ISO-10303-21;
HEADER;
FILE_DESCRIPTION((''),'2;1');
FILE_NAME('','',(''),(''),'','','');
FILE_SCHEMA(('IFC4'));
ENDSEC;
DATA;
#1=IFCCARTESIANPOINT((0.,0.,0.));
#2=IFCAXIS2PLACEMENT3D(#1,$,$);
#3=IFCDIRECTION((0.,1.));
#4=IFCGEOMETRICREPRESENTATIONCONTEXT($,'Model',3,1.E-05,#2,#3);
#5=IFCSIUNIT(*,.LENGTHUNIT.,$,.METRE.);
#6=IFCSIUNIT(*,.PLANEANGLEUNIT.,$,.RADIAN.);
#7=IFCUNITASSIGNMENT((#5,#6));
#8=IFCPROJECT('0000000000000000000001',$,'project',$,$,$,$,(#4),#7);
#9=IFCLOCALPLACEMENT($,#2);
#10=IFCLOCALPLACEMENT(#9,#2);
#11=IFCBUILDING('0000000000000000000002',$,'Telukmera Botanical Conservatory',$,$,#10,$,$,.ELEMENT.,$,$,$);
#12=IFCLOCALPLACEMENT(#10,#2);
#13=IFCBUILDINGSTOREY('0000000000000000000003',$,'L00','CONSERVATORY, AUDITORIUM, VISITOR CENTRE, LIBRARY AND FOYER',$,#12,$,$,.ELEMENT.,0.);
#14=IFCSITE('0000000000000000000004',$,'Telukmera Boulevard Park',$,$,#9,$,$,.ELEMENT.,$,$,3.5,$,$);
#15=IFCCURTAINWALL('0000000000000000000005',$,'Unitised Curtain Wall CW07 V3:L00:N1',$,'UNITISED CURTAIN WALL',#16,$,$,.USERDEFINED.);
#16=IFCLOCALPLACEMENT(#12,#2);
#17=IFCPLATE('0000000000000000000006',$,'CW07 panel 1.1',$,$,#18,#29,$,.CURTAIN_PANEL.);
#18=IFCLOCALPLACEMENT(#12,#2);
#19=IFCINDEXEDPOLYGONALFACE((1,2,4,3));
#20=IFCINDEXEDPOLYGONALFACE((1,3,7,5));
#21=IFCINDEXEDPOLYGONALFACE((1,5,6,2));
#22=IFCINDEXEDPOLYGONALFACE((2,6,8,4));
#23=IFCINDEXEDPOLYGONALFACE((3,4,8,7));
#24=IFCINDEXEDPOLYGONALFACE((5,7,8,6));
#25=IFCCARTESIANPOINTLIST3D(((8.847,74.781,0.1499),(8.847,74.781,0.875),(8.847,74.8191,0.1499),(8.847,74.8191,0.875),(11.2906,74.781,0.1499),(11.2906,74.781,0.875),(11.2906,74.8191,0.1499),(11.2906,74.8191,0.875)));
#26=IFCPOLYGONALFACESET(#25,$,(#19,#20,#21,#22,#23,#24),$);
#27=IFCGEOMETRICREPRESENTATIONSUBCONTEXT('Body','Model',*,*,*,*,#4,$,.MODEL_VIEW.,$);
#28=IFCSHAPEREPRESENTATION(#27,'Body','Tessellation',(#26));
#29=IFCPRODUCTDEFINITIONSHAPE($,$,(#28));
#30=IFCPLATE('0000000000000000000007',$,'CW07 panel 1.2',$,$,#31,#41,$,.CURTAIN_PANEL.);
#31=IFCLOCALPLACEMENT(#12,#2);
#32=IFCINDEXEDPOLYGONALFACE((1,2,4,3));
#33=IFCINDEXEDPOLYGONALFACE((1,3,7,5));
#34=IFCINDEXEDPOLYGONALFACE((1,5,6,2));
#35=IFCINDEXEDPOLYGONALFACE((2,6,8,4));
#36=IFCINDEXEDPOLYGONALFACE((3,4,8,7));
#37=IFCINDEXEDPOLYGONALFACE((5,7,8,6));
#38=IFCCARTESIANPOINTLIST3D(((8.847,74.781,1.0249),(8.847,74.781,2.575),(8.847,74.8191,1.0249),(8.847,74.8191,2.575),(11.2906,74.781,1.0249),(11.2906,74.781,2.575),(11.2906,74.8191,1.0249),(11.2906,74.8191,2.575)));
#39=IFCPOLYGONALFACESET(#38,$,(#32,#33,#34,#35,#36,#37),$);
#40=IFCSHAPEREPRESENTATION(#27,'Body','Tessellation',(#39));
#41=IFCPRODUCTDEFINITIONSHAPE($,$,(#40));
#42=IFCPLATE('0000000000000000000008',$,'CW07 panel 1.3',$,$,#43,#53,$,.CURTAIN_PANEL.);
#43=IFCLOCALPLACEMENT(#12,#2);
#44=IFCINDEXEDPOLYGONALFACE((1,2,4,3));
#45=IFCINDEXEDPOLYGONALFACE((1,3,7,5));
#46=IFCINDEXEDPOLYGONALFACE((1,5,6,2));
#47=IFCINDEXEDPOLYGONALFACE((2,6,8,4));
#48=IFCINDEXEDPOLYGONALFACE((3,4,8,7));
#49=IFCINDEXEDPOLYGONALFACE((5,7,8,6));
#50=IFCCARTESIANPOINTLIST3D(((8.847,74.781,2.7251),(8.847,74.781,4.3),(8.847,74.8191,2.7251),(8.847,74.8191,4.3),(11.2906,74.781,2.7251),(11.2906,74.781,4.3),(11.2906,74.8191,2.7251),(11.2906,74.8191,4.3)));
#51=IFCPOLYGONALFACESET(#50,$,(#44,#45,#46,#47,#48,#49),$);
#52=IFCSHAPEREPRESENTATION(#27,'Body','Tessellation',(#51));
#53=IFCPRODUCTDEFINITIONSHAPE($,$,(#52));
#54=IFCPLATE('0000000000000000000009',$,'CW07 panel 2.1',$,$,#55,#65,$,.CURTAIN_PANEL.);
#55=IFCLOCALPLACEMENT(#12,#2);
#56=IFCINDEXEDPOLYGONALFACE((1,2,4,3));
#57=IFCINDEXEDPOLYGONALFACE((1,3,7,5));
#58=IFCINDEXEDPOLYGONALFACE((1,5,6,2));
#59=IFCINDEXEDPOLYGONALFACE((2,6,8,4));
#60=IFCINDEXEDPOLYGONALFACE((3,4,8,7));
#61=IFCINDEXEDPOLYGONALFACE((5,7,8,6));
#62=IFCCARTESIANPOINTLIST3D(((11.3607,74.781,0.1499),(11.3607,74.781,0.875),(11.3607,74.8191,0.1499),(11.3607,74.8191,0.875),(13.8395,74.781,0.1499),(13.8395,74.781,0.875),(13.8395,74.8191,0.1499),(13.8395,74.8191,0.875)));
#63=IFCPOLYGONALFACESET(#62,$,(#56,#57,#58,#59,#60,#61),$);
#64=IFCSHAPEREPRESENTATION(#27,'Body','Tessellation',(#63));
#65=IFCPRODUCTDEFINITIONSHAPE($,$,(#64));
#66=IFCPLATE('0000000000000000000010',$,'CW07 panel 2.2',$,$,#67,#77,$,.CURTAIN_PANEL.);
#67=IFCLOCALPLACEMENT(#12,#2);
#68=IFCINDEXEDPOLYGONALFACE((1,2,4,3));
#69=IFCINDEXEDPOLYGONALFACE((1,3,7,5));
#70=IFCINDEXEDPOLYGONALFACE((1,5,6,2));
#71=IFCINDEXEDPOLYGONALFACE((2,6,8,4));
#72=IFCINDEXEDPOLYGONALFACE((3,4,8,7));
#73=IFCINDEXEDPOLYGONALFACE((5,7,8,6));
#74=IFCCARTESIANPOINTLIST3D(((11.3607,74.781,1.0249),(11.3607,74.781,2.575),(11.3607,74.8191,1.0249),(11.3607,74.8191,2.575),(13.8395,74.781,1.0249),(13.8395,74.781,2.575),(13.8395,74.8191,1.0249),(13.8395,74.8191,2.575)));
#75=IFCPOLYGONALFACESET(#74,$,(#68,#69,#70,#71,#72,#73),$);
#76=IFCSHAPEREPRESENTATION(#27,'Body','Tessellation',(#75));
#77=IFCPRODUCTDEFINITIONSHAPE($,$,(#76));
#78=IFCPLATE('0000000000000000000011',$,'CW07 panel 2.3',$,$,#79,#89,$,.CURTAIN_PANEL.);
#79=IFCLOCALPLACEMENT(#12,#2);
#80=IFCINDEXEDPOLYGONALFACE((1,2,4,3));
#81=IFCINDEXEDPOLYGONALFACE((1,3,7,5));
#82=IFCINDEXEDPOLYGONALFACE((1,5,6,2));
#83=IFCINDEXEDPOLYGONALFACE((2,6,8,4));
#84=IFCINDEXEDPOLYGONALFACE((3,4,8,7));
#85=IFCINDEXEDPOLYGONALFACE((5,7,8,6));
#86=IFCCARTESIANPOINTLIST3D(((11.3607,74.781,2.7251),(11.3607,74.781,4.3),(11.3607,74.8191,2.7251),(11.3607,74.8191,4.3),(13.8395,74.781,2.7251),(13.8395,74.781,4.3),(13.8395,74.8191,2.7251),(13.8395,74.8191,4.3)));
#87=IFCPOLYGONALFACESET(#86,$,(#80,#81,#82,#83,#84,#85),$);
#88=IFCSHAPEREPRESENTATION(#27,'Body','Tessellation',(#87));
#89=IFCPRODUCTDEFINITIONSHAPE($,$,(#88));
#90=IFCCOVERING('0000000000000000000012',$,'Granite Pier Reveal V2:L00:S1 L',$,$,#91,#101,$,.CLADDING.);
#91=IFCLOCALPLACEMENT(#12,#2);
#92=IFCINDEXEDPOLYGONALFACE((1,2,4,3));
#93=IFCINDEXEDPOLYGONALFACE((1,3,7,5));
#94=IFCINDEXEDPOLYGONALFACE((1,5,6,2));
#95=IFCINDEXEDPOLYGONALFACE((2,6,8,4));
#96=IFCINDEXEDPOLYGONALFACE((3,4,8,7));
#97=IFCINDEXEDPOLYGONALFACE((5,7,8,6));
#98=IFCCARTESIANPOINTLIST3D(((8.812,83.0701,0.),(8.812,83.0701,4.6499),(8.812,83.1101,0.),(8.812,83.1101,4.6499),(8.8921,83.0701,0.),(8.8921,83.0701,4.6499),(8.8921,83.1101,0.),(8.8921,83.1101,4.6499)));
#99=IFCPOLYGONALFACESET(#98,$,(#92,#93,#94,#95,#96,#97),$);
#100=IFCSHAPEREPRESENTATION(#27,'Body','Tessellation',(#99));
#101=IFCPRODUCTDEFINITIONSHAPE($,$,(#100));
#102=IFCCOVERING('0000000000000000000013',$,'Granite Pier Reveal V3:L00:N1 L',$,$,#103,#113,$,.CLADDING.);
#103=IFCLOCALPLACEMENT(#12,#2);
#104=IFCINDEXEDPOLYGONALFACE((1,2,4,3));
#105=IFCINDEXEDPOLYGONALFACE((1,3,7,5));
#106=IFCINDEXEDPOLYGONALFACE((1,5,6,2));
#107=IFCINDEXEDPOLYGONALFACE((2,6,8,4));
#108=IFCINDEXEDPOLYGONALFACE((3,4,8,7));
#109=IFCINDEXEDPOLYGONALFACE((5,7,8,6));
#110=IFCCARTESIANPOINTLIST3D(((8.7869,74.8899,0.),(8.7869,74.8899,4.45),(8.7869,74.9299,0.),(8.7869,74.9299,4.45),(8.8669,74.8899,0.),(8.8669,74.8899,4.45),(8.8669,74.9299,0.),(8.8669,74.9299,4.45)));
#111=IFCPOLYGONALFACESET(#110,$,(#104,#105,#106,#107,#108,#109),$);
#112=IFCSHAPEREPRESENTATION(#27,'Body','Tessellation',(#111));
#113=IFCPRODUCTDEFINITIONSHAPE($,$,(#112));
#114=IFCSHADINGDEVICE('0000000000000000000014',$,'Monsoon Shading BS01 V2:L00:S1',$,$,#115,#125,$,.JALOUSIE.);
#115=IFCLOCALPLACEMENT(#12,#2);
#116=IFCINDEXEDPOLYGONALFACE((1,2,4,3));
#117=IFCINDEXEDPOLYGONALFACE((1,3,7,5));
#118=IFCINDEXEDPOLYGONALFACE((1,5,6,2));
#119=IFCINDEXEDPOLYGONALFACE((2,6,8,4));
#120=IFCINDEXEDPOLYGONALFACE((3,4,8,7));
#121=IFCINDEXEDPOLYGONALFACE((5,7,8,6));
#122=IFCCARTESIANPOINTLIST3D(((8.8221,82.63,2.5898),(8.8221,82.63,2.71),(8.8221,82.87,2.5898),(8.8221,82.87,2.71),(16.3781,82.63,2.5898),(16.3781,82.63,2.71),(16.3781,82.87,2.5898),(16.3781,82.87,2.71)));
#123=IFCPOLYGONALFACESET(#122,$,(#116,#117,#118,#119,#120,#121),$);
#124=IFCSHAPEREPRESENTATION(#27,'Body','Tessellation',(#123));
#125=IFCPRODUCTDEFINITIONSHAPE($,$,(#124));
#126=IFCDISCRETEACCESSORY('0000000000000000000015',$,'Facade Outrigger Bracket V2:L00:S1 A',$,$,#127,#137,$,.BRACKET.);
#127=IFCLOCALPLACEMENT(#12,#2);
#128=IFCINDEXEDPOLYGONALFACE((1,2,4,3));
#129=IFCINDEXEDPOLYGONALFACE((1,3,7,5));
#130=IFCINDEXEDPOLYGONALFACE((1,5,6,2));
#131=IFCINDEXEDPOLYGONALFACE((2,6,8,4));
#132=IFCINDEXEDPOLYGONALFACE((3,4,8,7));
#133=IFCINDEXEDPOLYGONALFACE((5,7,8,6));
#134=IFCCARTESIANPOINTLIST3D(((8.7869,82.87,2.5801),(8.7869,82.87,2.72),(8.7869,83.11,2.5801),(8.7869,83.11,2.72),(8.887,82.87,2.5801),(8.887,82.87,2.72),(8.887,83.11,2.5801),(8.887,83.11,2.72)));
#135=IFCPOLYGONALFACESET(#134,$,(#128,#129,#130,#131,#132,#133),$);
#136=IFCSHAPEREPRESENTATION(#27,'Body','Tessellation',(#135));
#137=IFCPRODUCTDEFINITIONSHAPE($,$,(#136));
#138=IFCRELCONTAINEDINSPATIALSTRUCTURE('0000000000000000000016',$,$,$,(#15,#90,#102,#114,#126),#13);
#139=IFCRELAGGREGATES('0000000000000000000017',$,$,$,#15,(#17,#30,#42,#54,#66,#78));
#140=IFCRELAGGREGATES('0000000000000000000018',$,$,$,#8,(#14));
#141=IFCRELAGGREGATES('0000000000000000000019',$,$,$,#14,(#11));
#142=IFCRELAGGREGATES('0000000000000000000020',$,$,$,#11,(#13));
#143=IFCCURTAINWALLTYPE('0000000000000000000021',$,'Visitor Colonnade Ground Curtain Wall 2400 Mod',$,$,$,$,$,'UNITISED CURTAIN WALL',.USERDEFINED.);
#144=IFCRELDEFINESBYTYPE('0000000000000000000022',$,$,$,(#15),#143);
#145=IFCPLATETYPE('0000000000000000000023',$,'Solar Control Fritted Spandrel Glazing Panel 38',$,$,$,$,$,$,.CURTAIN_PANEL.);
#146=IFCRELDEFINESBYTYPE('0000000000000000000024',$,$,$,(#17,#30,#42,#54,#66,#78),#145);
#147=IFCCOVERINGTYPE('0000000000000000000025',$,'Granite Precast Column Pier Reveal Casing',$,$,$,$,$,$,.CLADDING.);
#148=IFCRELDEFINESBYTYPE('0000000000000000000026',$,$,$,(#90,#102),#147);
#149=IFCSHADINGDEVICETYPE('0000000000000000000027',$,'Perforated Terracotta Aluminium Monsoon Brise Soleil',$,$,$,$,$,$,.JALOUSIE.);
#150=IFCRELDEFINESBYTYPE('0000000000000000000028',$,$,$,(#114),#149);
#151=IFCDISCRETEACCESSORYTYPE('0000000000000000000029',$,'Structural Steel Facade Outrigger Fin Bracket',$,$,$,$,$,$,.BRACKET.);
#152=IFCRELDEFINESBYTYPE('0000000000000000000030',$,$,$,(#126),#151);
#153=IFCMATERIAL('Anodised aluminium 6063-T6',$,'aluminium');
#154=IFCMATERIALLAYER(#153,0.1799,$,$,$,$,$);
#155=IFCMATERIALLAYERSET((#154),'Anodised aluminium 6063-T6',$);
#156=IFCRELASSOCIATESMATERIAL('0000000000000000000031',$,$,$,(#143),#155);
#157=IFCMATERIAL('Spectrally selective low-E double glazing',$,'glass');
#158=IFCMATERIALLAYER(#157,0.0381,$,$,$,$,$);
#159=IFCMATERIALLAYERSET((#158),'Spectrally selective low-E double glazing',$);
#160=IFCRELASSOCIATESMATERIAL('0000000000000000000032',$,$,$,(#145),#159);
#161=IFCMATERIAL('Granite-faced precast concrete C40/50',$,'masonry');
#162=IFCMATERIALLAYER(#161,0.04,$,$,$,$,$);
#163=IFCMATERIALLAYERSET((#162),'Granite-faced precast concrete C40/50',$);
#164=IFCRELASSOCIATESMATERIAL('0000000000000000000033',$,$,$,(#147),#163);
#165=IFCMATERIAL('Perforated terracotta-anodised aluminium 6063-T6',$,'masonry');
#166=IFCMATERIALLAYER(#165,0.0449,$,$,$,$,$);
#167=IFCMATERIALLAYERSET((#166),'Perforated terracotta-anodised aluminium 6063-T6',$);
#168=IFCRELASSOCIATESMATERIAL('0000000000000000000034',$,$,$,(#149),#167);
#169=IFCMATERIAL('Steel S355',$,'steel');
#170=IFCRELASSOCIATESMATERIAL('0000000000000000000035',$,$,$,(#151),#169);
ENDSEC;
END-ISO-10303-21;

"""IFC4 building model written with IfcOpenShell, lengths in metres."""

from ifc_helpers import new_model, si_unit, direction, frame, origin, origin_2d, place, context, subcontext, project, spatial, rectangle, extrude, material, layer, layer_set, type_object, element, aggregate, save


model = new_model("IFC4")

# Units and contexts
model_context = context("Model", 3, precision=1e-05, world=origin(), true_north=direction((0.0, 1.0)))
body_context = subcontext(model_context, "Body", "Model", "MODEL_VIEW")
ifc_project = project(units=[si_unit("LENGTHUNIT", "METRE"), si_unit("PLANEANGLEUNIT", "RADIAN")], contexts=[model_context])

# Site, building, storey
site_placement = place(None, origin())
site = spatial("IfcSite", under=ifc_project, at=site_placement, Name="Telukmera Boulevard Park", CompositionType="ELEMENT", RefElevation=3.5)
building_placement = place(site_placement, origin())
building = spatial("IfcBuilding", under=site, at=building_placement, Name="Telukmera Botanical Conservatory", CompositionType="ELEMENT")
storey_placement = place(building_placement, origin())
storey = spatial("IfcBuildingStorey", under=building, at=storey_placement, Name="L00", Description="CONSERVATORY, AUDITORIUM, VISITOR CENTRE, LIBRARY AND FOYER", CompositionType="ELEMENT", Elevation=0.0)

# Curtain wall
ifc_material_1 = material(Name="Anodised aluminium 6063-T6", Category="aluminium")
ifc_layer_1 = layer(ifc_material_1, 0.1799)
ifc_layer_set_1 = layer_set([ifc_layer_1], Name="Anodised aluminium 6063-T6")
curtain_wall_type_1 = type_object("IfcCurtainWallType", Name="Visitor Colonnade Ground Curtain Wall 2400 Mod", ElementType="UNITISED CURTAIN WALL", PredefinedType="USERDEFINED", material=ifc_layer_set_1)
curtain_wall_1_placement = place(storey_placement, origin())
curtain_wall_1 = element("IfcCurtainWall", 1, at=curtain_wall_1_placement, inside=storey, type_object=curtain_wall_type_1, Name="Unitised Curtain Wall CW07 V3:L00:N1", ObjectType="UNITISED CURTAIN WALL", PredefinedType="USERDEFINED")

# Plates
ifc_material_2 = material(Name="Spectrally selective low-E double glazing", Category="glass")
ifc_layer_2 = layer(ifc_material_2, 0.0381)
ifc_layer_set_2 = layer_set([ifc_layer_2], Name="Spectrally selective low-E double glazing")
plate_type_1 = type_object("IfcPlateType", Name="Solar Control Fritted Spandrel Glazing Panel 38", PredefinedType="CURTAIN_PANEL", material=ifc_layer_set_2)
plate_1_placement = place(storey_placement, frame((10.0688, 74.8, 0.1499), z_axis=(0.0, 0.0, 1.0), x_axis=(1.0, 0.0, 0.0)))
plate_1 = element("IfcPlate", 2, at=plate_1_placement, type_object=plate_type_1, Name="CW07 panel 1.1", PredefinedType="CURTAIN_PANEL", context=body_context, shape_type="SweptSolid", body=[
    extrude(rectangle(XDim=2.4436, YDim=0.0381, at=origin_2d()), origin(), (0.0, 0.0, 1.0), 0.7251),
])
plate_2_placement = place(storey_placement, frame((10.0688, 74.8, 1.0249), z_axis=(0.0, 0.0, 1.0), x_axis=(1.0, 0.0, 0.0)))
plate_2 = element("IfcPlate", 3, at=plate_2_placement, type_object=plate_type_1, Name="CW07 panel 1.2", PredefinedType="CURTAIN_PANEL", context=body_context, shape_type="SweptSolid", body=[
    extrude(rectangle(XDim=2.4436, YDim=0.0381, at=origin_2d()), origin(), (0.0, 0.0, 1.0), 1.55),
])
plate_3_placement = place(storey_placement, frame((10.0688, 74.8, 2.7251), z_axis=(0.0, 0.0, 1.0), x_axis=(1.0, 0.0, 0.0)))
plate_3 = element("IfcPlate", 4, at=plate_3_placement, type_object=plate_type_1, Name="CW07 panel 1.3", PredefinedType="CURTAIN_PANEL", context=body_context, shape_type="SweptSolid", body=[
    extrude(rectangle(XDim=2.4436, YDim=0.0381, at=origin_2d()), origin(), (0.0, 0.0, 1.0), 1.575),
])
plate_4_placement = place(storey_placement, frame((12.6001, 74.8, 0.1499), z_axis=(0.0, 0.0, 1.0), x_axis=(1.0, 0.0, 0.0)))
plate_4 = element("IfcPlate", 5, at=plate_4_placement, type_object=plate_type_1, Name="CW07 panel 2.1", PredefinedType="CURTAIN_PANEL", context=body_context, shape_type="SweptSolid", body=[
    extrude(rectangle(XDim=2.4788, YDim=0.0381, at=origin_2d()), origin(), (0.0, 0.0, 1.0), 0.7251),
])
plate_5_placement = place(storey_placement, frame((12.6001, 74.8, 1.0249), z_axis=(0.0, 0.0, 1.0), x_axis=(1.0, 0.0, 0.0)))
plate_5 = element("IfcPlate", 6, at=plate_5_placement, type_object=plate_type_1, Name="CW07 panel 2.2", PredefinedType="CURTAIN_PANEL", context=body_context, shape_type="SweptSolid", body=[
    extrude(rectangle(XDim=2.4788, YDim=0.0381, at=origin_2d()), origin(), (0.0, 0.0, 1.0), 1.55),
])
plate_6_placement = place(storey_placement, frame((12.6001, 74.8, 2.7251), z_axis=(0.0, 0.0, 1.0), x_axis=(1.0, 0.0, 0.0)))
plate_6 = element("IfcPlate", 7, at=plate_6_placement, type_object=plate_type_1, Name="CW07 panel 2.3", PredefinedType="CURTAIN_PANEL", context=body_context, shape_type="SweptSolid", body=[
    extrude(rectangle(XDim=2.4788, YDim=0.0381, at=origin_2d()), origin(), (0.0, 0.0, 1.0), 1.575),
])
aggregate(curtain_wall_1, [plate_1, plate_2, plate_3, plate_4, plate_5, plate_6])

# Coverings
ifc_material_3 = material(Name="Granite-faced precast concrete C40/50", Category="masonry")
ifc_layer_3 = layer(ifc_material_3, 0.04)
ifc_layer_set_3 = layer_set([ifc_layer_3], Name="Granite-faced precast concrete C40/50")
covering_type = type_object("IfcCoveringType", Name="Granite Precast Column Pier Reveal Casing", PredefinedType="CLADDING", material=ifc_layer_set_3)
covering_1_placement = place(storey_placement, frame((8.8521, 83.0901, 0.0), z_axis=(0.0, 0.0, 1.0), x_axis=(1.0, 0.0, 0.0)))
element("IfcCovering", 8, at=covering_1_placement, inside=storey, type_object=covering_type, Name="Granite Pier Reveal V2:L00:S1 L", PredefinedType="CLADDING", context=body_context, shape_type="SweptSolid", body=[
    extrude(rectangle(XDim=0.0801, YDim=0.04, at=origin_2d()), origin(), (0.0, 0.0, 1.0), 4.6499),
])
covering_2_placement = place(storey_placement, frame((8.8269, 74.9099, 0.0), z_axis=(0.0, 0.0, 1.0), x_axis=(1.0, 0.0, 0.0)))
element("IfcCovering", 9, at=covering_2_placement, inside=storey, type_object=covering_type, Name="Granite Pier Reveal V3:L00:N1 L", PredefinedType="CLADDING", context=body_context, shape_type="SweptSolid", body=[
    extrude(rectangle(XDim=0.0801, YDim=0.04, at=origin_2d()), origin(), (0.0, 0.0, 1.0), 4.45),
])

# Shading device
ifc_material_4 = material(Name="Perforated terracotta-anodised aluminium 6063-T6", Category="masonry")
ifc_layer_4 = layer(ifc_material_4, 0.0449)
ifc_layer_set_4 = layer_set([ifc_layer_4], Name="Perforated terracotta-anodised aluminium 6063-T6")
shading_device_type = type_object("IfcShadingDeviceType", Name="Perforated Terracotta Aluminium Monsoon Brise Soleil", PredefinedType="JALOUSIE", material=ifc_layer_set_4)
shading_device_placement = place(storey_placement, frame((12.6001, 82.75, 2.5898), z_axis=(0.0, 0.0, 1.0), x_axis=(1.0, 0.0, 0.0)))
element("IfcShadingDevice", 10, at=shading_device_placement, inside=storey, type_object=shading_device_type, Name="Monsoon Shading BS01 V2:L00:S1", PredefinedType="JALOUSIE", context=body_context, shape_type="SweptSolid", body=[
    extrude(rectangle(XDim=7.5559, YDim=0.24, at=origin_2d()), origin(), (0.0, 0.0, 1.0), 0.1201),
])

# Discrete accessory
ifc_material_5 = material(Name="Steel S355", Category="steel")
discrete_accessory_type = type_object("IfcDiscreteAccessoryType", Name="Structural Steel Facade Outrigger Fin Bracket", PredefinedType="BRACKET", material=ifc_material_5)
discrete_accessory_placement = place(storey_placement, frame((8.8369, 82.99, 2.5801), z_axis=(0.0, 0.0, 1.0), x_axis=(1.0, 0.0, 0.0)))
element("IfcDiscreteAccessory", 11, at=discrete_accessory_placement, inside=storey, type_object=discrete_accessory_type, Name="Facade Outrigger Bracket V2:L00:S1 A", PredefinedType="BRACKET", context=body_context, shape_type="SweptSolid", body=[
    extrude(rectangle(XDim=0.1001, YDim=0.24, at=origin_2d()), origin(), (0.0, 0.0, 1.0), 0.1399),
])

save(model, "model.ifc")
